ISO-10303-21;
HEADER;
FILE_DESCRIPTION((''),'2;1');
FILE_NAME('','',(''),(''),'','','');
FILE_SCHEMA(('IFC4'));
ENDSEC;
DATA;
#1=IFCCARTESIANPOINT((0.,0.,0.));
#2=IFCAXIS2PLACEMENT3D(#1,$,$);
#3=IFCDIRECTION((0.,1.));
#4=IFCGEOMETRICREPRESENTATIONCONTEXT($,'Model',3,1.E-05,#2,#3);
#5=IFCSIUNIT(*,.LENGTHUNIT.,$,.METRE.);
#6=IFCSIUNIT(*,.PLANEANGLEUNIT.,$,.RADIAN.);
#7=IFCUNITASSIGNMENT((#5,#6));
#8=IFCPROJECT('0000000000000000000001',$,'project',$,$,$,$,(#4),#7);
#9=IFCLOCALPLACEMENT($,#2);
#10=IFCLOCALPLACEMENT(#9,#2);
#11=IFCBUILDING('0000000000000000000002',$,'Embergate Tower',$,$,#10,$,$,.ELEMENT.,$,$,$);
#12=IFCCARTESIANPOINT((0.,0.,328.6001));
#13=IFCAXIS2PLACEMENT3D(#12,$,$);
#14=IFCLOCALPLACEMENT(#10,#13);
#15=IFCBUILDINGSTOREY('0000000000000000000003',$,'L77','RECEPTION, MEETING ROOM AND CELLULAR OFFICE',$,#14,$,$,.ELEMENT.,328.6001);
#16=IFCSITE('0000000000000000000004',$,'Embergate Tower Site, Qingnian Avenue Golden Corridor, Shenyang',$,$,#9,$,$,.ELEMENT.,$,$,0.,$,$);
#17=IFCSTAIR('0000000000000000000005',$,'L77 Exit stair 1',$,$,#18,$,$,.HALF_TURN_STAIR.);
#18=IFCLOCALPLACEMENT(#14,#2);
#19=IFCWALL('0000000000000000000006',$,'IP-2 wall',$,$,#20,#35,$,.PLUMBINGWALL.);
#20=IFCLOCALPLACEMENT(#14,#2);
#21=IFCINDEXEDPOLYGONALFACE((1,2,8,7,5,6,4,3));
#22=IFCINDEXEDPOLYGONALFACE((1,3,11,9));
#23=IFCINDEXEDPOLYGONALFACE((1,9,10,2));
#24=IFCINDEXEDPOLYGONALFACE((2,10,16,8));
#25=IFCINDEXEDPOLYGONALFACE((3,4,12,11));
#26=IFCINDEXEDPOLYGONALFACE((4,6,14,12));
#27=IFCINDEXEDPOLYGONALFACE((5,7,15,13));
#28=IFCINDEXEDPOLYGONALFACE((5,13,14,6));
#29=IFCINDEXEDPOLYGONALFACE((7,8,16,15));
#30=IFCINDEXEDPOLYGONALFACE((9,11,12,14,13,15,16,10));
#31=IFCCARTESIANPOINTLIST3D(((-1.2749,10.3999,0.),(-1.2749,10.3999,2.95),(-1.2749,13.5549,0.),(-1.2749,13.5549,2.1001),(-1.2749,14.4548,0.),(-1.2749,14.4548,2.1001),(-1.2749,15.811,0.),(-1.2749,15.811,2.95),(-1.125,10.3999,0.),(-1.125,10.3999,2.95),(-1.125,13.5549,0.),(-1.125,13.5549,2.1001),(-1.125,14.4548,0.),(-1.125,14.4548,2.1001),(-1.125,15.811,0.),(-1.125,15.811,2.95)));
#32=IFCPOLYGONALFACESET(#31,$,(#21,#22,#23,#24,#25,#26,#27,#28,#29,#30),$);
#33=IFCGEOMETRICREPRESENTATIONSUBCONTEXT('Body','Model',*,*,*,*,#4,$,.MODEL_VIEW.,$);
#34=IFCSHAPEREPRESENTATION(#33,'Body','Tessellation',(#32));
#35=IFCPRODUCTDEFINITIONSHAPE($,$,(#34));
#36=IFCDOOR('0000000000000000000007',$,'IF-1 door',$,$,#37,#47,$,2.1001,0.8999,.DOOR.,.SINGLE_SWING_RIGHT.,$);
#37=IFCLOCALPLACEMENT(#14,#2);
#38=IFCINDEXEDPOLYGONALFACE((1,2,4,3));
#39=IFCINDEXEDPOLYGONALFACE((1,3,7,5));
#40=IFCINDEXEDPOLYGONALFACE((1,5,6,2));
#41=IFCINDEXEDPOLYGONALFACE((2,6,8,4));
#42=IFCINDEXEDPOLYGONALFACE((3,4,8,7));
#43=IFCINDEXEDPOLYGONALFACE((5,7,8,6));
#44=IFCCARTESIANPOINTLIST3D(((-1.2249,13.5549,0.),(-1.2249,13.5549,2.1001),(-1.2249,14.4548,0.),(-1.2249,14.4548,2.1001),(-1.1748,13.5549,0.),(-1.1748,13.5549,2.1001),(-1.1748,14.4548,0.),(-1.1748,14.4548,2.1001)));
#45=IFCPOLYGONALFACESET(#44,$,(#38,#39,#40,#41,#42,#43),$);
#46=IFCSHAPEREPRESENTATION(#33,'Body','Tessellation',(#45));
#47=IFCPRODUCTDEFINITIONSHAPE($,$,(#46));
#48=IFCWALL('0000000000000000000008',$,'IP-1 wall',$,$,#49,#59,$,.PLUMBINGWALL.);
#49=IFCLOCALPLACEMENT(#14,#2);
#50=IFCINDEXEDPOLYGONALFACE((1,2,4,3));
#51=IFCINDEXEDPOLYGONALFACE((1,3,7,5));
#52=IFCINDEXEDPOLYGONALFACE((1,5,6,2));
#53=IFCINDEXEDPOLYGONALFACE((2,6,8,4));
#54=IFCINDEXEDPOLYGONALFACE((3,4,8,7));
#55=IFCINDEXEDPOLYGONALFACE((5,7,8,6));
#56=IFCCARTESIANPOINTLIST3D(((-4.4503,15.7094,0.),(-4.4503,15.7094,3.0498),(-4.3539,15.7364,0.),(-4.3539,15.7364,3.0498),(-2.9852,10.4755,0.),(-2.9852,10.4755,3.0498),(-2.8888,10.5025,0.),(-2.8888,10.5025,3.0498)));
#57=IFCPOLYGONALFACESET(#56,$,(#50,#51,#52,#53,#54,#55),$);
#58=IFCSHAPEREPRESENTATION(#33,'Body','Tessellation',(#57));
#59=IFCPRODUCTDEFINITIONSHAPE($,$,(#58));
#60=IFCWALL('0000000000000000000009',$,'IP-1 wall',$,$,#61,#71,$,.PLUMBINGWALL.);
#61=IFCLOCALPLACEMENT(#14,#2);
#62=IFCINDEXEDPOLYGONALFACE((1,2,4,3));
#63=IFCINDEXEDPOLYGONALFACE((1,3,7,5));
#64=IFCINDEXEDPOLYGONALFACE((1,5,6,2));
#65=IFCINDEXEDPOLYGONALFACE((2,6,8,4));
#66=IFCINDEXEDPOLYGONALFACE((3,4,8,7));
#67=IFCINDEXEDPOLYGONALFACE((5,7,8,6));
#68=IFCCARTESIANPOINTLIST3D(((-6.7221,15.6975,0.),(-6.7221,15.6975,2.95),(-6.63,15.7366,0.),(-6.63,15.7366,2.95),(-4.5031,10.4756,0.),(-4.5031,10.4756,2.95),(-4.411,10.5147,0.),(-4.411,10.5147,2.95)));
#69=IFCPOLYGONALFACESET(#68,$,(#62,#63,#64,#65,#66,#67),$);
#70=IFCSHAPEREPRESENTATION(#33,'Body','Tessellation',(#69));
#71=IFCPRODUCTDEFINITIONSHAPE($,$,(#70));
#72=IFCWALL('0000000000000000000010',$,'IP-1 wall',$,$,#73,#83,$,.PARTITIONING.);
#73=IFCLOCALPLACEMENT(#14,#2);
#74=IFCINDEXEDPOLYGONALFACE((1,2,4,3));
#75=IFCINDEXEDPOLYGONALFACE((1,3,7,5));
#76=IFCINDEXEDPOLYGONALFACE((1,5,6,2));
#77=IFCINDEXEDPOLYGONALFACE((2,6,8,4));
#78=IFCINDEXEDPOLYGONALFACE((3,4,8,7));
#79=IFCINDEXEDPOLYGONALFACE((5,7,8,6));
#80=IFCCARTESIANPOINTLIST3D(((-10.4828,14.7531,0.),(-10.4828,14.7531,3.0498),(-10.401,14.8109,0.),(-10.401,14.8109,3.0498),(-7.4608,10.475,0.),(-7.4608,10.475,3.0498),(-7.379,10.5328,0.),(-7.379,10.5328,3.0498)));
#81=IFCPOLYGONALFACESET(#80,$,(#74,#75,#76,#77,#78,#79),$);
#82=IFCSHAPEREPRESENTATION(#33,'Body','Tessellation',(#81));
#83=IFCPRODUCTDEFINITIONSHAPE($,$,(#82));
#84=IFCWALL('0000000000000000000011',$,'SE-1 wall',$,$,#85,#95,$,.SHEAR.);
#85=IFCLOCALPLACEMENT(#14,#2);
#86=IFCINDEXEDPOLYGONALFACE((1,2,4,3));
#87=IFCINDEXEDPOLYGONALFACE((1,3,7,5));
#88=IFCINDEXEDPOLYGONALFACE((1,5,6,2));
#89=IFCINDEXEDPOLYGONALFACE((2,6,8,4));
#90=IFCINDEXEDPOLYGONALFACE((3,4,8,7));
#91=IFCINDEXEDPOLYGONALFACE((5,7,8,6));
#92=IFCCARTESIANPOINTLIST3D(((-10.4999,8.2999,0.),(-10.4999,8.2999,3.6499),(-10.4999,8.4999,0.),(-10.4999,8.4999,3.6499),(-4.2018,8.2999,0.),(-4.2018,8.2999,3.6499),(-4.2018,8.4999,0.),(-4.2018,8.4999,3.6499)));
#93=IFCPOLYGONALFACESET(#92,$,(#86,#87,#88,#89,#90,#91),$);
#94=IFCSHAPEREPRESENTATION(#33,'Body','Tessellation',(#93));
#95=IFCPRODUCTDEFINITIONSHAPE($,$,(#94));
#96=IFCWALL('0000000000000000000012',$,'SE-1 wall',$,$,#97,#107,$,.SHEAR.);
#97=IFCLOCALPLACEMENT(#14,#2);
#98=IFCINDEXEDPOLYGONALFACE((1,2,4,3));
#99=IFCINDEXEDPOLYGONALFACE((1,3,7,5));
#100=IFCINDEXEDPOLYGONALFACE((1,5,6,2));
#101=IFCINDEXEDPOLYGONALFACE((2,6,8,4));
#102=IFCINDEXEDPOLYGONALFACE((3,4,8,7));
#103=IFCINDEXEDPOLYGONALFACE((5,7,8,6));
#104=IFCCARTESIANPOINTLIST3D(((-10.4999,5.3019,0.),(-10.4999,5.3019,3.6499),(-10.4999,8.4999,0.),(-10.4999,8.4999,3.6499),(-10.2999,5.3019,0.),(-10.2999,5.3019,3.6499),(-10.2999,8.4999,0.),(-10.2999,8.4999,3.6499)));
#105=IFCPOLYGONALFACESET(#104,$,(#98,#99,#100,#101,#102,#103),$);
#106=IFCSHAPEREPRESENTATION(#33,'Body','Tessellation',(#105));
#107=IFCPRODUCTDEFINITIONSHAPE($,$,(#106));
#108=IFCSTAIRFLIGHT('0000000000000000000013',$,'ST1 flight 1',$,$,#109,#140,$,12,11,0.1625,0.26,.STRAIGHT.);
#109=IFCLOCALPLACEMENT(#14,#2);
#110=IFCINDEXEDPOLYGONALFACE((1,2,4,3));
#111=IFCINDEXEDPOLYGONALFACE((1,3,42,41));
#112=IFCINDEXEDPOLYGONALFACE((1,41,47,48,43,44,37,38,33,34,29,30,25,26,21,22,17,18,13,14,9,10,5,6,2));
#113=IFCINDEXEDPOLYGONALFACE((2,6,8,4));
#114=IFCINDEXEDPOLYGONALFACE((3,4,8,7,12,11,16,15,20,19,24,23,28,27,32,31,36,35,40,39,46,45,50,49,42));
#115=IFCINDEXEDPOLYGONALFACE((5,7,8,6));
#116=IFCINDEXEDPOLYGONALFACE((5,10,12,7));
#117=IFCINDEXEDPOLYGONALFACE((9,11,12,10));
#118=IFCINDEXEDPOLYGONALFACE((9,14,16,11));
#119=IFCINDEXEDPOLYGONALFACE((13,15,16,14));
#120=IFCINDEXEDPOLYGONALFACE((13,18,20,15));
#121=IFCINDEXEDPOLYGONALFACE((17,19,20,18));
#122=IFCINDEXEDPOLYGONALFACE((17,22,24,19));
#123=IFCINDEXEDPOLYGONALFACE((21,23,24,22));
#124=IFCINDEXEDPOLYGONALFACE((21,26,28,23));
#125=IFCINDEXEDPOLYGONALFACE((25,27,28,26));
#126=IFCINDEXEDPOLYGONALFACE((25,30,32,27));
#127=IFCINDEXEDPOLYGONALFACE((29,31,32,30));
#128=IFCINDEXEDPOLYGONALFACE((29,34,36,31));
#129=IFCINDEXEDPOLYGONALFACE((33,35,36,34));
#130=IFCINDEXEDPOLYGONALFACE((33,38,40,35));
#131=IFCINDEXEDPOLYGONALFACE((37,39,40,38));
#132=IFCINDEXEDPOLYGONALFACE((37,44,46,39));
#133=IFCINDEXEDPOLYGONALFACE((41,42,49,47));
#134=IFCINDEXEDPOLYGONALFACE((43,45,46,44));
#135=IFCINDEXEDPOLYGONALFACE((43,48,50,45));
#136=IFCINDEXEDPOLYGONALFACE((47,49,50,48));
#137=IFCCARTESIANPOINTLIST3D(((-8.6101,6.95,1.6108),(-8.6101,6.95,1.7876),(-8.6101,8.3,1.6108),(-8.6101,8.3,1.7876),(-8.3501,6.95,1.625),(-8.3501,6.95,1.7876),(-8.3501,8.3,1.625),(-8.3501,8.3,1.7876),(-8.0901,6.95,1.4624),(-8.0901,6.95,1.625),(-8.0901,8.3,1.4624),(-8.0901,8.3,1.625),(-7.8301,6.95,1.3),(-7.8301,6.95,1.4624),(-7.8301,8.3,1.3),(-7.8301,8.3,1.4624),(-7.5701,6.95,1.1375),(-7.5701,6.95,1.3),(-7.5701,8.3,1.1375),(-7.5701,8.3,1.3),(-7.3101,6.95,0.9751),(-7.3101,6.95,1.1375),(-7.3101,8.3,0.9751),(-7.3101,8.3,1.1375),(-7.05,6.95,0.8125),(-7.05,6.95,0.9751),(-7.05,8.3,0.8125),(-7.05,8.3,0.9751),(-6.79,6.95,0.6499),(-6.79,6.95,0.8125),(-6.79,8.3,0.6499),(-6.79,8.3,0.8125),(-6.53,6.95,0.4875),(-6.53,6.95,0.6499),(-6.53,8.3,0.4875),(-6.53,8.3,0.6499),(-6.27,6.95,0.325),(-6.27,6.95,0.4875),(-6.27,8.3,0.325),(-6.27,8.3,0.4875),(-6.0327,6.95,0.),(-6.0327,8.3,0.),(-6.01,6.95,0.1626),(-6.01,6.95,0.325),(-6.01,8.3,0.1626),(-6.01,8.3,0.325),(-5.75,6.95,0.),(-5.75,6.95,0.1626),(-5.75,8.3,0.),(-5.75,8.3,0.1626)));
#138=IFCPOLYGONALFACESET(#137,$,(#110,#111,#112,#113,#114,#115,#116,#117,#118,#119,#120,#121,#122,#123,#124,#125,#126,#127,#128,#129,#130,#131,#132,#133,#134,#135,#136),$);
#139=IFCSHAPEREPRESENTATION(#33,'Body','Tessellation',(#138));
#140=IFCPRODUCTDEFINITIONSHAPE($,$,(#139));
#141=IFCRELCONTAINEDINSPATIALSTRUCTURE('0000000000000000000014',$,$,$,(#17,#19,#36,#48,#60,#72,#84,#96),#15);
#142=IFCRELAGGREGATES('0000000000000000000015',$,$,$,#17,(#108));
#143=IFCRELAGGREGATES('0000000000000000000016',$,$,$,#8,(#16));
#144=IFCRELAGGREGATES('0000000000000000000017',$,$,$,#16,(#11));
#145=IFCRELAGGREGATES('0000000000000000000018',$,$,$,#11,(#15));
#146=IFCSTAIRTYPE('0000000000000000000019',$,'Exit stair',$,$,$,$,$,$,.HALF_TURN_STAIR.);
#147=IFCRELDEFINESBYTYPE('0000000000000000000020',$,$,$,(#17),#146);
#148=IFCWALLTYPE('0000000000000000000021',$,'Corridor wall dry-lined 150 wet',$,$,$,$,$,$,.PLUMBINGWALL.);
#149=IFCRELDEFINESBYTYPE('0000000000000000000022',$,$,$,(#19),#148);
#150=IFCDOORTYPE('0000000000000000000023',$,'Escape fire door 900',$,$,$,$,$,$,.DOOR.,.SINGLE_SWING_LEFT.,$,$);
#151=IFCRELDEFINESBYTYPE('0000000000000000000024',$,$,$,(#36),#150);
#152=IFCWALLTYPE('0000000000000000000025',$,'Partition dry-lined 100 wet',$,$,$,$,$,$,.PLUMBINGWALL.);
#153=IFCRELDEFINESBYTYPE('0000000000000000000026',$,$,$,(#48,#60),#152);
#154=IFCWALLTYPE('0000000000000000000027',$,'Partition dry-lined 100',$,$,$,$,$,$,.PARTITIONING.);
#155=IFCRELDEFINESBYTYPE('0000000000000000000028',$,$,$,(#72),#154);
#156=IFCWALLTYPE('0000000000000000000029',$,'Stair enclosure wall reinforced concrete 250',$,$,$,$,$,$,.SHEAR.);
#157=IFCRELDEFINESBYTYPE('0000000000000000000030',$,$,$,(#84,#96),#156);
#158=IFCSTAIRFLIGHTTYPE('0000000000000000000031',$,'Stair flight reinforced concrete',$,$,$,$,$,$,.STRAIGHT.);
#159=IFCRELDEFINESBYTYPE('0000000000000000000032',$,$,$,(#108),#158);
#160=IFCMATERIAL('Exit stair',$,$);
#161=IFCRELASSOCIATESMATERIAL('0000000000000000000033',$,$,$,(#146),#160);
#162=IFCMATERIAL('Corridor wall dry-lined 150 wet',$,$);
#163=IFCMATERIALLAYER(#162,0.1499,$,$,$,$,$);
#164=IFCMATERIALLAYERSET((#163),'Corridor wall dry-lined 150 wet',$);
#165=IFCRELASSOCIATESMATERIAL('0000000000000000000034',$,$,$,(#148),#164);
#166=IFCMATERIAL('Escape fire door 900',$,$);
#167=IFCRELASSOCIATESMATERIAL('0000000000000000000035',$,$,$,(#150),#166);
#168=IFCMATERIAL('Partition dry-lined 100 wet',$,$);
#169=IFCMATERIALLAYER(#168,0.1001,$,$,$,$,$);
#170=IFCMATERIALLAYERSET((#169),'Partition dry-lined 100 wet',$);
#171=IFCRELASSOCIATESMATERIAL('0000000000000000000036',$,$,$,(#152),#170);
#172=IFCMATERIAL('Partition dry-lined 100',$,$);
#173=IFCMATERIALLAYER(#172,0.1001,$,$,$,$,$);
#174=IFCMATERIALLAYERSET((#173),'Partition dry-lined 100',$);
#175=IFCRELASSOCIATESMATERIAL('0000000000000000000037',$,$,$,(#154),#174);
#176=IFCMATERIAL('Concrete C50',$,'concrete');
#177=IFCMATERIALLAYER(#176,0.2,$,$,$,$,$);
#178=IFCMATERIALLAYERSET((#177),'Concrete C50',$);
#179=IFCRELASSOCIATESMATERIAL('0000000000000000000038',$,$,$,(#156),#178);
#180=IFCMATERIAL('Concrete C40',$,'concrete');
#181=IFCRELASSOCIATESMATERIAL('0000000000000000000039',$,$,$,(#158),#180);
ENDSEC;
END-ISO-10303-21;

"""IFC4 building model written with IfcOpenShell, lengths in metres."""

from ifc_helpers import new_model, si_unit, direction, frame, frame_2d, origin, place, context, subcontext, project, spatial, polyline, rectangle, outline, extrude, source, transform, mapped, material, layer, layer_set, type_object, element, fill, aggregate, save


model = new_model("IFC4")

# Units and contexts
model_context = context("Model", 3, precision=1e-05, world=origin(), true_north=direction((0.0, 1.0)))
body_context = subcontext(model_context, "Body", "Model", "MODEL_VIEW")
ifc_project = project(units=[si_unit("LENGTHUNIT", "METRE"), si_unit("PLANEANGLEUNIT", "RADIAN")], contexts=[model_context])

# Site, building, storey
site_placement = place(None, origin())
site = spatial("IfcSite", under=ifc_project, at=site_placement, Name="Embergate Tower Site, Qingnian Avenue Golden Corridor, Shenyang", CompositionType="ELEMENT", RefElevation=0.0)
building_placement = place(site_placement, origin())
building = spatial("IfcBuilding", under=site, at=building_placement, Name="Embergate Tower", CompositionType="ELEMENT")
storey_placement = place(building_placement, frame((0.0, 0.0, 328.6001)))
storey = spatial("IfcBuildingStorey", under=building, at=storey_placement, Name="L77", Description="RECEPTION, MEETING ROOM AND CELLULAR OFFICE", CompositionType="ELEMENT", Elevation=328.6001)

# Stair
ifc_material_1 = material(Name="Exit stair")
stair_type = type_object("IfcStairType", Name="Exit stair", PredefinedType="HALF_TURN_STAIR", material=ifc_material_1)
stair_placement = place(storey_placement, origin())
stair = element("IfcStair", 1, at=stair_placement, inside=storey, type_object=stair_type, Name="L77 Exit stair 1", PredefinedType="HALF_TURN_STAIR")
ifc_material_2 = material(Name="Concrete C40", Category="concrete")

# Shared definitions
ifc_material_3 = material(Name="Concrete C50", Category="concrete")

# Shared definitions
ifc_material_4 = material(Name="Corridor wall dry-lined 150 wet")
ifc_layer_1 = layer(ifc_material_4, 0.1499)
ifc_layer_set_1 = layer_set([ifc_layer_1], Name="Corridor wall dry-lined 150 wet")
wall_type_1 = type_object("IfcWallType", Name="Corridor wall dry-lined 150 wet", PredefinedType="PLUMBINGWALL", material=ifc_layer_set_1)
shared_shape_1 = source(origin(), body_context, "Body", "SweptSolid", [
    extrude(rectangle(XDim=0.8999, YDim=2.1001, at=frame_2d((0.45, 1.05))), frame((0.0, 0.085, 0.0), z_axis=(0.0, -1.0, 0.0), x_axis=(1.0, 0.0, 0.0)), (0.0, 0.0, 1.0), 0.1699),
])
ifc_material_5 = material(Name="Escape fire door 900")
door_type_1 = type_object("IfcDoorType", Name="Escape fire door 900", OperationType="SINGLE_SWING_LEFT", PredefinedType="DOOR", material=ifc_material_5)
shared_shape_2 = source(origin(), body_context, "Body", "SweptSolid", [
    extrude(rectangle(XDim=0.8999, YDim=2.1001, at=frame_2d((0.45, 1.05))), frame((0.0, 0.0249, 0.0), z_axis=(0.0, -1.0, 0.0), x_axis=(1.0, 0.0, 0.0)), (0.0, 0.0, 1.0), 0.05),
])

# Wall, opening, door
shared_shape_3 = source(origin(), body_context, "Body", "SweptSolid", [
    extrude(rectangle(XDim=5.4111, YDim=0.1499, at=frame_2d((2.7056, 0.0))), origin(), (0.0, 0.0, 1.0), 2.95),
])
wall_1_placement = place(storey_placement, frame((-1.2, 10.3999, 0.0), z_axis=(0.0, 0.0, 1.0), x_axis=(0.0, 1.0, 0.0)))
wall_1 = element("IfcWall", 2, at=wall_1_placement, inside=storey, type_object=wall_type_1, Name="IP-2 wall", PredefinedType="PLUMBINGWALL", context=body_context, shape_type="MappedRepresentation", body=[
    mapped(shared_shape_3, transform((0.0, 0.0, 0.0))),
])
opening_1_placement = place(wall_1_placement, frame((3.155, 0.0, 0.0)))
opening_1 = element("IfcOpeningElement", 3, at=opening_1_placement, cuts=wall_1, PredefinedType="OPENING", context=body_context, shape_type="MappedRepresentation", body=[
    mapped(shared_shape_1, transform((0.0, 0.0, 0.0))),
])
door_1_placement = place(opening_1_placement, origin())
door_1 = element("IfcDoor", 4, at=door_1_placement, inside=storey, type_object=door_type_1, Name="IF-1 door", OperationType="SINGLE_SWING_RIGHT", OverallHeight=2.1001, OverallWidth=0.8999, PredefinedType="DOOR", context=body_context, shape_type="MappedRepresentation", body=[
    mapped(shared_shape_2, transform((0.0, 0.0, 0.0))),
])
fill(opening_1, door_1)

# Walls
ifc_material_6 = material(Name="Partition dry-lined 100 wet")
ifc_layer_2 = layer(ifc_material_6, 0.1001)
ifc_layer_set_2 = layer_set([ifc_layer_2], Name="Partition dry-lined 100 wet")
wall_type_2 = type_object("IfcWallType", Name="Partition dry-lined 100 wet", PredefinedType="PLUMBINGWALL", material=ifc_layer_set_2)
shared_shape_4 = source(origin(), body_context, "Body", "SweptSolid", [
    extrude(rectangle(XDim=5.4351, YDim=0.1001, at=frame_2d((2.7175, 0.0))), origin(), (0.0, 0.0, 1.0), 3.0498),
])
wall_2_placement = place(storey_placement, frame((-2.937, 10.489, 0.0), z_axis=(0.0, 0.0, 1.0), x_axis=(-0.269562, 0.962983, 0.0)))
element("IfcWall", 5, at=wall_2_placement, inside=storey, type_object=wall_type_2, Name="IP-1 wall", PredefinedType="PLUMBINGWALL", context=body_context, shape_type="MappedRepresentation", body=[
    mapped(shared_shape_4, transform((0.0, 0.0, 0.0))),
])
shared_shape_5 = source(origin(), body_context, "Body", "SweptSolid", [
    extrude(rectangle(XDim=5.6738, YDim=0.1001, at=frame_2d((2.8369, 0.0))), origin(), (0.0, 0.0, 1.0), 2.95),
])
wall_3_placement = place(storey_placement, frame((-6.676, 15.717, 0.0), z_axis=(0.0, 0.0, 1.0), x_axis=(0.391092, -0.920351, 0.0)))
element("IfcWall", 6, at=wall_3_placement, inside=storey, type_object=wall_type_2, Name="IP-1 wall", PredefinedType="PLUMBINGWALL", context=body_context, shape_type="MappedRepresentation", body=[
    mapped(shared_shape_5, transform((0.0, 0.0, 0.0))),
])
ifc_material_7 = material(Name="Partition dry-lined 100")
ifc_layer_3 = layer(ifc_material_7, 0.1001)
ifc_layer_set_3 = layer_set([ifc_layer_3], Name="Partition dry-lined 100")
wall_type_3 = type_object("IfcWallType", Name="Partition dry-lined 100", PredefinedType="PARTITIONING", material=ifc_layer_set_3)
shared_shape_6 = source(origin(), body_context, "Body", "SweptSolid", [
    extrude(rectangle(XDim=5.2378, YDim=0.1001, at=frame_2d((2.6189, 0.0))), origin(), (0.0, 0.0, 1.0), 3.0498),
])
wall_4_placement = place(storey_placement, frame((-7.4199, 10.5039, 0.0), z_axis=(0.0, 0.0, 1.0), x_axis=(-0.576958, 0.816774, 0.0)))
element("IfcWall", 7, at=wall_4_placement, inside=storey, type_object=wall_type_3, Name="IP-1 wall", PredefinedType="PARTITIONING", context=body_context, shape_type="MappedRepresentation", body=[
    mapped(shared_shape_6, transform((0.0, 0.0, 0.0))),
])
ifc_layer_4 = layer(ifc_material_3, 0.2)
ifc_layer_set_4 = layer_set([ifc_layer_4], Name="Concrete C50")
wall_type_4 = type_object("IfcWallType", Name="Stair enclosure wall reinforced concrete 250", PredefinedType="SHEAR", material=ifc_layer_set_4)
shared_shape_7 = source(origin(), body_context, "Body", "SweptSolid", [
    extrude(rectangle(XDim=6.2981, YDim=0.2, at=frame_2d((3.1489, 0.0))), origin(), (0.0, 0.0, 1.0), 3.6499),
])
wall_5_placement = place(storey_placement, frame((-4.2019, 8.3999, 0.0), z_axis=(0.0, 0.0, 1.0), x_axis=(-1.0, 0.0, 0.0)))
element("IfcWall", 8, at=wall_5_placement, inside=storey, type_object=wall_type_4, Name="SE-1 wall", PredefinedType="SHEAR", context=body_context, shape_type="MappedRepresentation", body=[
    mapped(shared_shape_7, transform((0.0, 0.0, 0.0))),
])
shared_shape_8 = source(origin(), body_context, "Body", "SweptSolid", [
    extrude(rectangle(XDim=3.198, YDim=0.2, at=frame_2d((1.5991, 0.0))), origin(), (0.0, 0.0, 1.0), 3.6499),
])
wall_6_placement = place(storey_placement, frame((-10.3999, 8.5, 0.0), z_axis=(0.0, 0.0, 1.0), x_axis=(0.0, -1.0, 0.0)))
element("IfcWall", 9, at=wall_6_placement, inside=storey, type_object=wall_type_4, Name="SE-1 wall", PredefinedType="SHEAR", context=body_context, shape_type="MappedRepresentation", body=[
    mapped(shared_shape_8, transform((0.0, 0.0, 0.0))),
])

# Stair flight
stair_flight_type = type_object("IfcStairFlightType", Name="Stair flight reinforced concrete", PredefinedType="STRAIGHT", material=ifc_material_2)
shared_shape_9 = source(origin(), body_context, "Body", "SweptSolid", [
    extrude(outline(polyline([(0.0, 0.0), (0.0, 0.1626), (0.26, 0.1626), (0.26, 0.325), (0.52, 0.325), (0.52, 0.4875), (0.78, 0.4875), (0.78, 0.6499), (1.04, 0.6499), (1.04, 0.8125), (1.3, 0.8125), (1.3, 0.9751), (1.5601, 0.9751), (1.5601, 1.1375), (1.8201, 1.1375), (1.8201, 1.3), (2.0801, 1.3), (2.0801, 1.4624), (2.3401, 1.4624), (2.3401, 1.625), (2.6001, 1.625), (2.6001, 1.7876), (2.8601, 1.7876), (2.8601, 1.95), (2.8601, 1.6108), (0.2827, 0.0), (0.0, 0.0)])), frame((0.0, 0.675, 0.0), z_axis=(0.0, -1.0, 0.0), x_axis=(1.0, 0.0, 0.0)), (0.0, 0.0, 1.0), 1.3501),
])
stair_flight_1_placement = place(storey_placement, frame((-5.75, 7.625, 0.0), z_axis=(0.0, 0.0, 1.0), x_axis=(-1.0, 0.0, 0.0)))
stair_flight_1 = element("IfcStairFlight", 10, at=stair_flight_1_placement, type_object=stair_flight_type, Name="ST1 flight 1", NumberOfRisers=12, NumberOfTreads=11, PredefinedType="STRAIGHT", RiserHeight=0.1625, TreadLength=0.26, context=body_context, shape_type="MappedRepresentation", body=[
    mapped(shared_shape_9, transform((0.0, 0.0, 0.0))),
])
aggregate(stair, [stair_flight_1])

save(model, "model.ifc")
